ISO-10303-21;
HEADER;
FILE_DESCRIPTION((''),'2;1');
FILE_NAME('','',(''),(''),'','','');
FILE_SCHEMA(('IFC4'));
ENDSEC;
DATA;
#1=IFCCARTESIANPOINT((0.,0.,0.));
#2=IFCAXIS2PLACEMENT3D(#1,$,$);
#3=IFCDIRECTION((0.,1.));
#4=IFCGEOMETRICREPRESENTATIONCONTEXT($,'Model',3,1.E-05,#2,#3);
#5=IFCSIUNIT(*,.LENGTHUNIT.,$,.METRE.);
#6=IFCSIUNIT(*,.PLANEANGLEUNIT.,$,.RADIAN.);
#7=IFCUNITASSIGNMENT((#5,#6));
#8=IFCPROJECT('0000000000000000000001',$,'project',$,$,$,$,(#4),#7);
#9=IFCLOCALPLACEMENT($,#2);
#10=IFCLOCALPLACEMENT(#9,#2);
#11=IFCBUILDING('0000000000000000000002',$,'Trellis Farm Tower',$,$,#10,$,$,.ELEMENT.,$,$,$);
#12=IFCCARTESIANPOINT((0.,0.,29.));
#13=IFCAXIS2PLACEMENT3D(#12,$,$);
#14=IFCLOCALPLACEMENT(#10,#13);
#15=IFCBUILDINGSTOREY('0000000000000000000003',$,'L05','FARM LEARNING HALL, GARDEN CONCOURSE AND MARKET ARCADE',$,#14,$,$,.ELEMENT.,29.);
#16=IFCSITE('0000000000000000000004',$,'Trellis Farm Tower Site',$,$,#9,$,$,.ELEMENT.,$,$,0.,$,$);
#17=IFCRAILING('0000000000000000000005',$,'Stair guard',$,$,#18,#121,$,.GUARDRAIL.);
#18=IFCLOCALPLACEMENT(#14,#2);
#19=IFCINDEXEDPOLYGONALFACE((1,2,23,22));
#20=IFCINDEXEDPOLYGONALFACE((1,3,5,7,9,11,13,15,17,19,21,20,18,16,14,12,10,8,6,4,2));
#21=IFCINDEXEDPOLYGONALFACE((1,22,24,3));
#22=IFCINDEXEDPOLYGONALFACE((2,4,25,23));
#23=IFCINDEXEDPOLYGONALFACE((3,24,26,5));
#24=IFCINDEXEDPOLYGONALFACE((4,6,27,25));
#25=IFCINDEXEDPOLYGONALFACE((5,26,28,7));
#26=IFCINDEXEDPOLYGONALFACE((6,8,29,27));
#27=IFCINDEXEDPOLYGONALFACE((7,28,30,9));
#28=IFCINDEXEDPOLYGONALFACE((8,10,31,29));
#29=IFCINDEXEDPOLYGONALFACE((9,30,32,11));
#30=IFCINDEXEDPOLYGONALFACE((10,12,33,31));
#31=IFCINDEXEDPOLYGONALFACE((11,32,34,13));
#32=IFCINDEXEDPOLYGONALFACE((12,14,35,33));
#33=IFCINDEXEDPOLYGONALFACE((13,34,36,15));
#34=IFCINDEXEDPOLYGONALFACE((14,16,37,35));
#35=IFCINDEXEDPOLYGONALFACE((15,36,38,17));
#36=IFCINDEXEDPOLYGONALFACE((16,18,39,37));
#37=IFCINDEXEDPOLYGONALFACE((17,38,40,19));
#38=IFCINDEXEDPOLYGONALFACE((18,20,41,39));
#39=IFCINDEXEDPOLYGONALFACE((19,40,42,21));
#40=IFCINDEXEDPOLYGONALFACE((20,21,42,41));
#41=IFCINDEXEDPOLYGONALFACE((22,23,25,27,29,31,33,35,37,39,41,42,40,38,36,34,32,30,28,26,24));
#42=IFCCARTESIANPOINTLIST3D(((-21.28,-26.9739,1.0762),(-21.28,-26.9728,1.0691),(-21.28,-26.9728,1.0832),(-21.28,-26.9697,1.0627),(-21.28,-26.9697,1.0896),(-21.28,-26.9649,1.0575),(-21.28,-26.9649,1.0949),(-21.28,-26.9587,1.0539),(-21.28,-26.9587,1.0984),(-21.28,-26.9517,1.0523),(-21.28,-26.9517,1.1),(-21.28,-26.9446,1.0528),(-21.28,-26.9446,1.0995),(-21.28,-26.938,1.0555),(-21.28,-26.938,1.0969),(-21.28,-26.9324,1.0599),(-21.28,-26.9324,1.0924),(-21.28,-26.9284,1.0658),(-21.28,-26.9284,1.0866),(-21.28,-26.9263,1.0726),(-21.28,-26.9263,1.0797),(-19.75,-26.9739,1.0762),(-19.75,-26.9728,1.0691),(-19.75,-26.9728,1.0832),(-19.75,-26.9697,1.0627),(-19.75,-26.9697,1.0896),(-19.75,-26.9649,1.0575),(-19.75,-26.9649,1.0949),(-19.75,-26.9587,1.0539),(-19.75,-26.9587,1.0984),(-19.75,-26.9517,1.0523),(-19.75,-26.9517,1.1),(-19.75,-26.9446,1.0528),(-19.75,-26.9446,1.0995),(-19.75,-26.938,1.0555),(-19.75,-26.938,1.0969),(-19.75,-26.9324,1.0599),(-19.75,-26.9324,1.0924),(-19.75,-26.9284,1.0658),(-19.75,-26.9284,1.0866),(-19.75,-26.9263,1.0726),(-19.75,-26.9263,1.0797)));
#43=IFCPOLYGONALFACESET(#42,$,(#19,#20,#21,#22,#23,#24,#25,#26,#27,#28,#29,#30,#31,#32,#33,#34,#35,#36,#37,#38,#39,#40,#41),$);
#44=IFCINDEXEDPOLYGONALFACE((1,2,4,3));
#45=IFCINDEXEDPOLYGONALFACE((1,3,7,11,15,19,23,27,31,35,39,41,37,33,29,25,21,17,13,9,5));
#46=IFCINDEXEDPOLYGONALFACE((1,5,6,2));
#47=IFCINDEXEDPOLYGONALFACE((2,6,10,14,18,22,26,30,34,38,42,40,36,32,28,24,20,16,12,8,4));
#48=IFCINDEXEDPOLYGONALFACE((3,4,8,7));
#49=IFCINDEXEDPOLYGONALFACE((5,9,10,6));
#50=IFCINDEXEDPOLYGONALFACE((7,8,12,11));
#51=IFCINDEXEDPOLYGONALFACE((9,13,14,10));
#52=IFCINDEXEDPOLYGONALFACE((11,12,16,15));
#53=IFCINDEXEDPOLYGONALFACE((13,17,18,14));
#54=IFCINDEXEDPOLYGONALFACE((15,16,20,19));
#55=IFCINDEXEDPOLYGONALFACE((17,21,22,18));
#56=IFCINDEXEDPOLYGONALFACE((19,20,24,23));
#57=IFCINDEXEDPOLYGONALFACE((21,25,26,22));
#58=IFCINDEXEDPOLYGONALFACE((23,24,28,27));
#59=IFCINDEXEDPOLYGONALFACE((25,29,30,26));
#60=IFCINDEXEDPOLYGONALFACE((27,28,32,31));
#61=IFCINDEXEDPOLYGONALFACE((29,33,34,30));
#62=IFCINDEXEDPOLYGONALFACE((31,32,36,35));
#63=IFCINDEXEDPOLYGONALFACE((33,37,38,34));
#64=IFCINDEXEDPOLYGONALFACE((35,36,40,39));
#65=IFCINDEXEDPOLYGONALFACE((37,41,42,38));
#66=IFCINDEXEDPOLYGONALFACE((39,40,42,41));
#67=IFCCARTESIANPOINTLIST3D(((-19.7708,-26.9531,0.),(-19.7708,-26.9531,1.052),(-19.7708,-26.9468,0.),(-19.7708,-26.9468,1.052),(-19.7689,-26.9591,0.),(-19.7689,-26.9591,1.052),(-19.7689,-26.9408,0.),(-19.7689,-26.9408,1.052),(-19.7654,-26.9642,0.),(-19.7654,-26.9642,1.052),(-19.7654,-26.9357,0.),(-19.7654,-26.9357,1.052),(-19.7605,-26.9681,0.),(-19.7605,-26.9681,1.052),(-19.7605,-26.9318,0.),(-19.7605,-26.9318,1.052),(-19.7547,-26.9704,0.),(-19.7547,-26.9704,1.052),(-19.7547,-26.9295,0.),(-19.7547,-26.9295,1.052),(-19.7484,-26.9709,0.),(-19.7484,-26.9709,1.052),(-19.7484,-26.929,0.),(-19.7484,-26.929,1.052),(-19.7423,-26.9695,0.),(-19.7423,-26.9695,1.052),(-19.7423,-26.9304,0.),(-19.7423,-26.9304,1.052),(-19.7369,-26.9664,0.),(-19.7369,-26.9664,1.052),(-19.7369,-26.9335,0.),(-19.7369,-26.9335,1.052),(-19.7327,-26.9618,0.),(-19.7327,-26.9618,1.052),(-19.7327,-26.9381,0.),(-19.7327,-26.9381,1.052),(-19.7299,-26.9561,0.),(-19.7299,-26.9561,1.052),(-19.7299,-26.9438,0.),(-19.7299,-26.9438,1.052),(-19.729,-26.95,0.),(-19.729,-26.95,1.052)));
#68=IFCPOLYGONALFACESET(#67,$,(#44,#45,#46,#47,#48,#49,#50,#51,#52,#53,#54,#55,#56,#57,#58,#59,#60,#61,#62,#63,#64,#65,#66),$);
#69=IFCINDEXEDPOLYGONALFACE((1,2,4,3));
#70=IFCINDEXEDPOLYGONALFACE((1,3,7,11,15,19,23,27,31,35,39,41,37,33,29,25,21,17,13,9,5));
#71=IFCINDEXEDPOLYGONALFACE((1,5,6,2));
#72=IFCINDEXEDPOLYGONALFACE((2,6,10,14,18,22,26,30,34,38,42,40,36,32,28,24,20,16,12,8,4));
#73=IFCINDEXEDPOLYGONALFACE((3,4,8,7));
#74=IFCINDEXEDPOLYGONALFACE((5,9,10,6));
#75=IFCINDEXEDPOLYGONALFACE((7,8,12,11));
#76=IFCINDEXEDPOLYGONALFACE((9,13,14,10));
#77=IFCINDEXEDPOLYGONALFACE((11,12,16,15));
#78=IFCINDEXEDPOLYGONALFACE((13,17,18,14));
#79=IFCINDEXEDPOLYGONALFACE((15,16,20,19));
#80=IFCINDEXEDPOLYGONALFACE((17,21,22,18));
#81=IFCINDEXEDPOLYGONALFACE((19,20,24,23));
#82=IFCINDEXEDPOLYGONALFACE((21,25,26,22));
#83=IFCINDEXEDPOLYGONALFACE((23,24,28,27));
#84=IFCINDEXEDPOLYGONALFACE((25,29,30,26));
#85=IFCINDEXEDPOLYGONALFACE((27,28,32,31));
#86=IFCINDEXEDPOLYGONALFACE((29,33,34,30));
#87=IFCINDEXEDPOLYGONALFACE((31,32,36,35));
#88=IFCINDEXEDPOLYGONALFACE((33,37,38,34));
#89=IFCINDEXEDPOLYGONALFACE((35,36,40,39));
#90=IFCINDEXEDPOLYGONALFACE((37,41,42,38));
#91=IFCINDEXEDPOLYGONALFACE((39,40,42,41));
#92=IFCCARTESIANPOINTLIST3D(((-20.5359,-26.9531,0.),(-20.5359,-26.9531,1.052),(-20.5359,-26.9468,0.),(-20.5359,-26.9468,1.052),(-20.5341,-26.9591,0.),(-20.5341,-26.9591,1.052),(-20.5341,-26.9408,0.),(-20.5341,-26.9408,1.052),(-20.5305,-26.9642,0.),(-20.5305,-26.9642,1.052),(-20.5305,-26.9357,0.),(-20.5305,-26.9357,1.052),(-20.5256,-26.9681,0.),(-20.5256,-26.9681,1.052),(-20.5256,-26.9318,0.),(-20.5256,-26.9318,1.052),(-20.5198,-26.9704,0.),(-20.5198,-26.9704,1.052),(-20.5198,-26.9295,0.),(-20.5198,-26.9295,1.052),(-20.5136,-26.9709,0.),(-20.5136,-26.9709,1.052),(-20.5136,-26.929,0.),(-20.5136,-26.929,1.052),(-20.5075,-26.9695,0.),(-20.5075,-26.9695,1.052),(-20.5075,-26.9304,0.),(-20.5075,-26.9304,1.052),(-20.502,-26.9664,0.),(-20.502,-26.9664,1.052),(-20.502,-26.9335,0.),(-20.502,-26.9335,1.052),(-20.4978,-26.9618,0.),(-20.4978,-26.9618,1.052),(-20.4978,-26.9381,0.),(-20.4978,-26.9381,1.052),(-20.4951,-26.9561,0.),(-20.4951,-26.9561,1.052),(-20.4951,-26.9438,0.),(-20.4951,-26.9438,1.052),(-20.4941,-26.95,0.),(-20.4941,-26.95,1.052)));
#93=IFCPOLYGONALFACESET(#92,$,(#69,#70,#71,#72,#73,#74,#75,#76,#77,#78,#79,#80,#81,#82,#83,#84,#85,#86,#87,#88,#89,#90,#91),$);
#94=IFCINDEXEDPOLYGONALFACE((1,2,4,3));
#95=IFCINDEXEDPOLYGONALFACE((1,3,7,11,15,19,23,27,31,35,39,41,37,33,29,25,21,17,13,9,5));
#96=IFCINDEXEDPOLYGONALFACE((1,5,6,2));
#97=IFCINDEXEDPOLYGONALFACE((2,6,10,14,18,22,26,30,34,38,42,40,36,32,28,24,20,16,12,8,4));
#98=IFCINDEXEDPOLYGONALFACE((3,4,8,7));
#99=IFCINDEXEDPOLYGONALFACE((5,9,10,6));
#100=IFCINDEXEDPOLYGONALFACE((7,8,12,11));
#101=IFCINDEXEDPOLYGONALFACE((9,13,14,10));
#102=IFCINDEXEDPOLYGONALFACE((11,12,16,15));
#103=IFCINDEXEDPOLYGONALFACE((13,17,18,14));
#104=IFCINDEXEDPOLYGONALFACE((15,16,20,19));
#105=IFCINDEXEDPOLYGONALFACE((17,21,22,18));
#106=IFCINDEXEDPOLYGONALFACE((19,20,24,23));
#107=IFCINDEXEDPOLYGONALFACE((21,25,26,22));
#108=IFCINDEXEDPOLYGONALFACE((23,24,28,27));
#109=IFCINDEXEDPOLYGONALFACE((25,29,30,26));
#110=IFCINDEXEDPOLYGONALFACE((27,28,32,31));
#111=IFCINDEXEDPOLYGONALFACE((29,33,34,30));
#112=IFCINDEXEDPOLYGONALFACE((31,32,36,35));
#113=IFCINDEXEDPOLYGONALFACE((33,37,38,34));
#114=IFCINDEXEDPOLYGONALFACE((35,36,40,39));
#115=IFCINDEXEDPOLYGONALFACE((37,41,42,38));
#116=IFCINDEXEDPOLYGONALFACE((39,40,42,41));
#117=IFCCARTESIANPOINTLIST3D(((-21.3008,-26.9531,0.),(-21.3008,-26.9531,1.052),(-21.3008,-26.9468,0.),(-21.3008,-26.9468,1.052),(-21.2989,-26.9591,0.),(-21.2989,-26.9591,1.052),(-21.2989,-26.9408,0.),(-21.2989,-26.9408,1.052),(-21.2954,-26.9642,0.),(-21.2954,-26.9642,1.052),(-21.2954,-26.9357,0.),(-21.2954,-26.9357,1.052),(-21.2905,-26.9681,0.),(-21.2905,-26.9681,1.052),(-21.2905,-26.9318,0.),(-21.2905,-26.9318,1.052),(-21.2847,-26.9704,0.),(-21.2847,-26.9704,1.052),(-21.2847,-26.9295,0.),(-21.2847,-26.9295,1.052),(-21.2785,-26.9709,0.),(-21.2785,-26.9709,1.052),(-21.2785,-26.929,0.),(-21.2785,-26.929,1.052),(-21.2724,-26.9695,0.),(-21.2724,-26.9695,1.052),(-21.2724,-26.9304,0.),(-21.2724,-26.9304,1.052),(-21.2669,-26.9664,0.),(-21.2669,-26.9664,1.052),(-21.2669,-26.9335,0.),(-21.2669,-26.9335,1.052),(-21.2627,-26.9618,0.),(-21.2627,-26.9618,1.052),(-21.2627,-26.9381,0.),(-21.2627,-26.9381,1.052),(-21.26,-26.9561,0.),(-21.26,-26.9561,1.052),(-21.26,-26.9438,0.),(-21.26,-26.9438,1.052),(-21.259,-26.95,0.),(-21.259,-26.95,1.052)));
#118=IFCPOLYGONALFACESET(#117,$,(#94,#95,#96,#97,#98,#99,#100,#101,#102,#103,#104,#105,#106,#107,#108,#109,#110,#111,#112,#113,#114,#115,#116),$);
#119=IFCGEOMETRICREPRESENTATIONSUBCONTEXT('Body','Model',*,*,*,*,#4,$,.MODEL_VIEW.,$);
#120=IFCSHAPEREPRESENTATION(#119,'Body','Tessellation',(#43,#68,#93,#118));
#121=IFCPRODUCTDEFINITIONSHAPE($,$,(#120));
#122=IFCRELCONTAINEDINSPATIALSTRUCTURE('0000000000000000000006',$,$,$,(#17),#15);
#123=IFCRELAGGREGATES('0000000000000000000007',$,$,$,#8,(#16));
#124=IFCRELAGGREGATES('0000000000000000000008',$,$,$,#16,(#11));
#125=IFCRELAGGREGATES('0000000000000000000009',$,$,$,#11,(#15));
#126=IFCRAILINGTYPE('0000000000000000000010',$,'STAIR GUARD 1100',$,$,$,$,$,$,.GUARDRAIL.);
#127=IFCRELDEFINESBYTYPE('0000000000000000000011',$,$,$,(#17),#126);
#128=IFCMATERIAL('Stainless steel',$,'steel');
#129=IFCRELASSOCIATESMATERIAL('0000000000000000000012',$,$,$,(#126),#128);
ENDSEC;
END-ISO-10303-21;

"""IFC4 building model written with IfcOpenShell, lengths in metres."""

from ifc_helpers import new_model, si_unit, direction, frame, origin, origin_2d, place, context, subcontext, project, spatial, circle, extrude, source, transform, mapped, material, type_object, element, save


model = new_model("IFC4")

# Units and contexts
model_context = context("Model", 3, precision=1e-05, world=origin(), true_north=direction((0.0, 1.0)))
body_context = subcontext(model_context, "Body", "Model", "MODEL_VIEW")
ifc_project = project(units=[si_unit("LENGTHUNIT", "METRE"), si_unit("PLANEANGLEUNIT", "RADIAN")], contexts=[model_context])

# Site, building, storey
site_placement = place(None, origin())
site = spatial("IfcSite", under=ifc_project, at=site_placement, Name="Trellis Farm Tower Site", CompositionType="ELEMENT", RefElevation=0.0)
building_placement = place(site_placement, origin())
building = spatial("IfcBuilding", under=site, at=building_placement, Name="Trellis Farm Tower", CompositionType="ELEMENT")
storey_placement = place(building_placement, frame((0.0, 0.0, 29.0)))
storey = spatial("IfcBuildingStorey", under=building, at=storey_placement, Name="L05", Description="FARM LEARNING HALL, GARDEN CONCOURSE AND MARKET ARCADE", CompositionType="ELEMENT", Elevation=29.0)

# Railing
ifc_material_1 = material(Name="Stainless steel", Category="steel")
railing_type = type_object("IfcRailingType", Name="STAIR GUARD 1100", PredefinedType="GUARDRAIL", material=ifc_material_1)
shared_shape_1 = source(origin(), body_context, "Body", "SweptSolid", [
    extrude(circle(Radius=0.0239, at=origin_2d()), frame((0.0, 0.0, 1.0762), z_axis=(-1.0, 0.0, 0.0), x_axis=(0.0, -1.0, 0.0)), (0.0, 0.0, 1.0), 1.53),
    extrude(circle(Radius=0.021, at=origin_2d()), origin(), (0.0, 0.0, 1.0), 1.052),
    extrude(circle(Radius=0.021, at=origin_2d()), frame((-0.7651, 0.0, 0.0)), (0.0, 0.0, 1.0), 1.052),
    extrude(circle(Radius=0.021, at=origin_2d()), frame((-1.53, 0.0, 0.0)), (0.0, 0.0, 1.0), 1.052),
])
for number, where, name in (
    (1, (-19.75, -26.95, 0.0), "Stair guard"),
):
    element("IfcRailing", number, at=place(storey_placement, frame(where)), inside=storey, type_object=railing_type, Name=name, PredefinedType="GUARDRAIL", context=body_context, shape_type="MappedRepresentation", body=[
        mapped(shared_shape_1, transform((0.0, 0.0, 0.0))),
    ])

save(model, "model.ifc")
